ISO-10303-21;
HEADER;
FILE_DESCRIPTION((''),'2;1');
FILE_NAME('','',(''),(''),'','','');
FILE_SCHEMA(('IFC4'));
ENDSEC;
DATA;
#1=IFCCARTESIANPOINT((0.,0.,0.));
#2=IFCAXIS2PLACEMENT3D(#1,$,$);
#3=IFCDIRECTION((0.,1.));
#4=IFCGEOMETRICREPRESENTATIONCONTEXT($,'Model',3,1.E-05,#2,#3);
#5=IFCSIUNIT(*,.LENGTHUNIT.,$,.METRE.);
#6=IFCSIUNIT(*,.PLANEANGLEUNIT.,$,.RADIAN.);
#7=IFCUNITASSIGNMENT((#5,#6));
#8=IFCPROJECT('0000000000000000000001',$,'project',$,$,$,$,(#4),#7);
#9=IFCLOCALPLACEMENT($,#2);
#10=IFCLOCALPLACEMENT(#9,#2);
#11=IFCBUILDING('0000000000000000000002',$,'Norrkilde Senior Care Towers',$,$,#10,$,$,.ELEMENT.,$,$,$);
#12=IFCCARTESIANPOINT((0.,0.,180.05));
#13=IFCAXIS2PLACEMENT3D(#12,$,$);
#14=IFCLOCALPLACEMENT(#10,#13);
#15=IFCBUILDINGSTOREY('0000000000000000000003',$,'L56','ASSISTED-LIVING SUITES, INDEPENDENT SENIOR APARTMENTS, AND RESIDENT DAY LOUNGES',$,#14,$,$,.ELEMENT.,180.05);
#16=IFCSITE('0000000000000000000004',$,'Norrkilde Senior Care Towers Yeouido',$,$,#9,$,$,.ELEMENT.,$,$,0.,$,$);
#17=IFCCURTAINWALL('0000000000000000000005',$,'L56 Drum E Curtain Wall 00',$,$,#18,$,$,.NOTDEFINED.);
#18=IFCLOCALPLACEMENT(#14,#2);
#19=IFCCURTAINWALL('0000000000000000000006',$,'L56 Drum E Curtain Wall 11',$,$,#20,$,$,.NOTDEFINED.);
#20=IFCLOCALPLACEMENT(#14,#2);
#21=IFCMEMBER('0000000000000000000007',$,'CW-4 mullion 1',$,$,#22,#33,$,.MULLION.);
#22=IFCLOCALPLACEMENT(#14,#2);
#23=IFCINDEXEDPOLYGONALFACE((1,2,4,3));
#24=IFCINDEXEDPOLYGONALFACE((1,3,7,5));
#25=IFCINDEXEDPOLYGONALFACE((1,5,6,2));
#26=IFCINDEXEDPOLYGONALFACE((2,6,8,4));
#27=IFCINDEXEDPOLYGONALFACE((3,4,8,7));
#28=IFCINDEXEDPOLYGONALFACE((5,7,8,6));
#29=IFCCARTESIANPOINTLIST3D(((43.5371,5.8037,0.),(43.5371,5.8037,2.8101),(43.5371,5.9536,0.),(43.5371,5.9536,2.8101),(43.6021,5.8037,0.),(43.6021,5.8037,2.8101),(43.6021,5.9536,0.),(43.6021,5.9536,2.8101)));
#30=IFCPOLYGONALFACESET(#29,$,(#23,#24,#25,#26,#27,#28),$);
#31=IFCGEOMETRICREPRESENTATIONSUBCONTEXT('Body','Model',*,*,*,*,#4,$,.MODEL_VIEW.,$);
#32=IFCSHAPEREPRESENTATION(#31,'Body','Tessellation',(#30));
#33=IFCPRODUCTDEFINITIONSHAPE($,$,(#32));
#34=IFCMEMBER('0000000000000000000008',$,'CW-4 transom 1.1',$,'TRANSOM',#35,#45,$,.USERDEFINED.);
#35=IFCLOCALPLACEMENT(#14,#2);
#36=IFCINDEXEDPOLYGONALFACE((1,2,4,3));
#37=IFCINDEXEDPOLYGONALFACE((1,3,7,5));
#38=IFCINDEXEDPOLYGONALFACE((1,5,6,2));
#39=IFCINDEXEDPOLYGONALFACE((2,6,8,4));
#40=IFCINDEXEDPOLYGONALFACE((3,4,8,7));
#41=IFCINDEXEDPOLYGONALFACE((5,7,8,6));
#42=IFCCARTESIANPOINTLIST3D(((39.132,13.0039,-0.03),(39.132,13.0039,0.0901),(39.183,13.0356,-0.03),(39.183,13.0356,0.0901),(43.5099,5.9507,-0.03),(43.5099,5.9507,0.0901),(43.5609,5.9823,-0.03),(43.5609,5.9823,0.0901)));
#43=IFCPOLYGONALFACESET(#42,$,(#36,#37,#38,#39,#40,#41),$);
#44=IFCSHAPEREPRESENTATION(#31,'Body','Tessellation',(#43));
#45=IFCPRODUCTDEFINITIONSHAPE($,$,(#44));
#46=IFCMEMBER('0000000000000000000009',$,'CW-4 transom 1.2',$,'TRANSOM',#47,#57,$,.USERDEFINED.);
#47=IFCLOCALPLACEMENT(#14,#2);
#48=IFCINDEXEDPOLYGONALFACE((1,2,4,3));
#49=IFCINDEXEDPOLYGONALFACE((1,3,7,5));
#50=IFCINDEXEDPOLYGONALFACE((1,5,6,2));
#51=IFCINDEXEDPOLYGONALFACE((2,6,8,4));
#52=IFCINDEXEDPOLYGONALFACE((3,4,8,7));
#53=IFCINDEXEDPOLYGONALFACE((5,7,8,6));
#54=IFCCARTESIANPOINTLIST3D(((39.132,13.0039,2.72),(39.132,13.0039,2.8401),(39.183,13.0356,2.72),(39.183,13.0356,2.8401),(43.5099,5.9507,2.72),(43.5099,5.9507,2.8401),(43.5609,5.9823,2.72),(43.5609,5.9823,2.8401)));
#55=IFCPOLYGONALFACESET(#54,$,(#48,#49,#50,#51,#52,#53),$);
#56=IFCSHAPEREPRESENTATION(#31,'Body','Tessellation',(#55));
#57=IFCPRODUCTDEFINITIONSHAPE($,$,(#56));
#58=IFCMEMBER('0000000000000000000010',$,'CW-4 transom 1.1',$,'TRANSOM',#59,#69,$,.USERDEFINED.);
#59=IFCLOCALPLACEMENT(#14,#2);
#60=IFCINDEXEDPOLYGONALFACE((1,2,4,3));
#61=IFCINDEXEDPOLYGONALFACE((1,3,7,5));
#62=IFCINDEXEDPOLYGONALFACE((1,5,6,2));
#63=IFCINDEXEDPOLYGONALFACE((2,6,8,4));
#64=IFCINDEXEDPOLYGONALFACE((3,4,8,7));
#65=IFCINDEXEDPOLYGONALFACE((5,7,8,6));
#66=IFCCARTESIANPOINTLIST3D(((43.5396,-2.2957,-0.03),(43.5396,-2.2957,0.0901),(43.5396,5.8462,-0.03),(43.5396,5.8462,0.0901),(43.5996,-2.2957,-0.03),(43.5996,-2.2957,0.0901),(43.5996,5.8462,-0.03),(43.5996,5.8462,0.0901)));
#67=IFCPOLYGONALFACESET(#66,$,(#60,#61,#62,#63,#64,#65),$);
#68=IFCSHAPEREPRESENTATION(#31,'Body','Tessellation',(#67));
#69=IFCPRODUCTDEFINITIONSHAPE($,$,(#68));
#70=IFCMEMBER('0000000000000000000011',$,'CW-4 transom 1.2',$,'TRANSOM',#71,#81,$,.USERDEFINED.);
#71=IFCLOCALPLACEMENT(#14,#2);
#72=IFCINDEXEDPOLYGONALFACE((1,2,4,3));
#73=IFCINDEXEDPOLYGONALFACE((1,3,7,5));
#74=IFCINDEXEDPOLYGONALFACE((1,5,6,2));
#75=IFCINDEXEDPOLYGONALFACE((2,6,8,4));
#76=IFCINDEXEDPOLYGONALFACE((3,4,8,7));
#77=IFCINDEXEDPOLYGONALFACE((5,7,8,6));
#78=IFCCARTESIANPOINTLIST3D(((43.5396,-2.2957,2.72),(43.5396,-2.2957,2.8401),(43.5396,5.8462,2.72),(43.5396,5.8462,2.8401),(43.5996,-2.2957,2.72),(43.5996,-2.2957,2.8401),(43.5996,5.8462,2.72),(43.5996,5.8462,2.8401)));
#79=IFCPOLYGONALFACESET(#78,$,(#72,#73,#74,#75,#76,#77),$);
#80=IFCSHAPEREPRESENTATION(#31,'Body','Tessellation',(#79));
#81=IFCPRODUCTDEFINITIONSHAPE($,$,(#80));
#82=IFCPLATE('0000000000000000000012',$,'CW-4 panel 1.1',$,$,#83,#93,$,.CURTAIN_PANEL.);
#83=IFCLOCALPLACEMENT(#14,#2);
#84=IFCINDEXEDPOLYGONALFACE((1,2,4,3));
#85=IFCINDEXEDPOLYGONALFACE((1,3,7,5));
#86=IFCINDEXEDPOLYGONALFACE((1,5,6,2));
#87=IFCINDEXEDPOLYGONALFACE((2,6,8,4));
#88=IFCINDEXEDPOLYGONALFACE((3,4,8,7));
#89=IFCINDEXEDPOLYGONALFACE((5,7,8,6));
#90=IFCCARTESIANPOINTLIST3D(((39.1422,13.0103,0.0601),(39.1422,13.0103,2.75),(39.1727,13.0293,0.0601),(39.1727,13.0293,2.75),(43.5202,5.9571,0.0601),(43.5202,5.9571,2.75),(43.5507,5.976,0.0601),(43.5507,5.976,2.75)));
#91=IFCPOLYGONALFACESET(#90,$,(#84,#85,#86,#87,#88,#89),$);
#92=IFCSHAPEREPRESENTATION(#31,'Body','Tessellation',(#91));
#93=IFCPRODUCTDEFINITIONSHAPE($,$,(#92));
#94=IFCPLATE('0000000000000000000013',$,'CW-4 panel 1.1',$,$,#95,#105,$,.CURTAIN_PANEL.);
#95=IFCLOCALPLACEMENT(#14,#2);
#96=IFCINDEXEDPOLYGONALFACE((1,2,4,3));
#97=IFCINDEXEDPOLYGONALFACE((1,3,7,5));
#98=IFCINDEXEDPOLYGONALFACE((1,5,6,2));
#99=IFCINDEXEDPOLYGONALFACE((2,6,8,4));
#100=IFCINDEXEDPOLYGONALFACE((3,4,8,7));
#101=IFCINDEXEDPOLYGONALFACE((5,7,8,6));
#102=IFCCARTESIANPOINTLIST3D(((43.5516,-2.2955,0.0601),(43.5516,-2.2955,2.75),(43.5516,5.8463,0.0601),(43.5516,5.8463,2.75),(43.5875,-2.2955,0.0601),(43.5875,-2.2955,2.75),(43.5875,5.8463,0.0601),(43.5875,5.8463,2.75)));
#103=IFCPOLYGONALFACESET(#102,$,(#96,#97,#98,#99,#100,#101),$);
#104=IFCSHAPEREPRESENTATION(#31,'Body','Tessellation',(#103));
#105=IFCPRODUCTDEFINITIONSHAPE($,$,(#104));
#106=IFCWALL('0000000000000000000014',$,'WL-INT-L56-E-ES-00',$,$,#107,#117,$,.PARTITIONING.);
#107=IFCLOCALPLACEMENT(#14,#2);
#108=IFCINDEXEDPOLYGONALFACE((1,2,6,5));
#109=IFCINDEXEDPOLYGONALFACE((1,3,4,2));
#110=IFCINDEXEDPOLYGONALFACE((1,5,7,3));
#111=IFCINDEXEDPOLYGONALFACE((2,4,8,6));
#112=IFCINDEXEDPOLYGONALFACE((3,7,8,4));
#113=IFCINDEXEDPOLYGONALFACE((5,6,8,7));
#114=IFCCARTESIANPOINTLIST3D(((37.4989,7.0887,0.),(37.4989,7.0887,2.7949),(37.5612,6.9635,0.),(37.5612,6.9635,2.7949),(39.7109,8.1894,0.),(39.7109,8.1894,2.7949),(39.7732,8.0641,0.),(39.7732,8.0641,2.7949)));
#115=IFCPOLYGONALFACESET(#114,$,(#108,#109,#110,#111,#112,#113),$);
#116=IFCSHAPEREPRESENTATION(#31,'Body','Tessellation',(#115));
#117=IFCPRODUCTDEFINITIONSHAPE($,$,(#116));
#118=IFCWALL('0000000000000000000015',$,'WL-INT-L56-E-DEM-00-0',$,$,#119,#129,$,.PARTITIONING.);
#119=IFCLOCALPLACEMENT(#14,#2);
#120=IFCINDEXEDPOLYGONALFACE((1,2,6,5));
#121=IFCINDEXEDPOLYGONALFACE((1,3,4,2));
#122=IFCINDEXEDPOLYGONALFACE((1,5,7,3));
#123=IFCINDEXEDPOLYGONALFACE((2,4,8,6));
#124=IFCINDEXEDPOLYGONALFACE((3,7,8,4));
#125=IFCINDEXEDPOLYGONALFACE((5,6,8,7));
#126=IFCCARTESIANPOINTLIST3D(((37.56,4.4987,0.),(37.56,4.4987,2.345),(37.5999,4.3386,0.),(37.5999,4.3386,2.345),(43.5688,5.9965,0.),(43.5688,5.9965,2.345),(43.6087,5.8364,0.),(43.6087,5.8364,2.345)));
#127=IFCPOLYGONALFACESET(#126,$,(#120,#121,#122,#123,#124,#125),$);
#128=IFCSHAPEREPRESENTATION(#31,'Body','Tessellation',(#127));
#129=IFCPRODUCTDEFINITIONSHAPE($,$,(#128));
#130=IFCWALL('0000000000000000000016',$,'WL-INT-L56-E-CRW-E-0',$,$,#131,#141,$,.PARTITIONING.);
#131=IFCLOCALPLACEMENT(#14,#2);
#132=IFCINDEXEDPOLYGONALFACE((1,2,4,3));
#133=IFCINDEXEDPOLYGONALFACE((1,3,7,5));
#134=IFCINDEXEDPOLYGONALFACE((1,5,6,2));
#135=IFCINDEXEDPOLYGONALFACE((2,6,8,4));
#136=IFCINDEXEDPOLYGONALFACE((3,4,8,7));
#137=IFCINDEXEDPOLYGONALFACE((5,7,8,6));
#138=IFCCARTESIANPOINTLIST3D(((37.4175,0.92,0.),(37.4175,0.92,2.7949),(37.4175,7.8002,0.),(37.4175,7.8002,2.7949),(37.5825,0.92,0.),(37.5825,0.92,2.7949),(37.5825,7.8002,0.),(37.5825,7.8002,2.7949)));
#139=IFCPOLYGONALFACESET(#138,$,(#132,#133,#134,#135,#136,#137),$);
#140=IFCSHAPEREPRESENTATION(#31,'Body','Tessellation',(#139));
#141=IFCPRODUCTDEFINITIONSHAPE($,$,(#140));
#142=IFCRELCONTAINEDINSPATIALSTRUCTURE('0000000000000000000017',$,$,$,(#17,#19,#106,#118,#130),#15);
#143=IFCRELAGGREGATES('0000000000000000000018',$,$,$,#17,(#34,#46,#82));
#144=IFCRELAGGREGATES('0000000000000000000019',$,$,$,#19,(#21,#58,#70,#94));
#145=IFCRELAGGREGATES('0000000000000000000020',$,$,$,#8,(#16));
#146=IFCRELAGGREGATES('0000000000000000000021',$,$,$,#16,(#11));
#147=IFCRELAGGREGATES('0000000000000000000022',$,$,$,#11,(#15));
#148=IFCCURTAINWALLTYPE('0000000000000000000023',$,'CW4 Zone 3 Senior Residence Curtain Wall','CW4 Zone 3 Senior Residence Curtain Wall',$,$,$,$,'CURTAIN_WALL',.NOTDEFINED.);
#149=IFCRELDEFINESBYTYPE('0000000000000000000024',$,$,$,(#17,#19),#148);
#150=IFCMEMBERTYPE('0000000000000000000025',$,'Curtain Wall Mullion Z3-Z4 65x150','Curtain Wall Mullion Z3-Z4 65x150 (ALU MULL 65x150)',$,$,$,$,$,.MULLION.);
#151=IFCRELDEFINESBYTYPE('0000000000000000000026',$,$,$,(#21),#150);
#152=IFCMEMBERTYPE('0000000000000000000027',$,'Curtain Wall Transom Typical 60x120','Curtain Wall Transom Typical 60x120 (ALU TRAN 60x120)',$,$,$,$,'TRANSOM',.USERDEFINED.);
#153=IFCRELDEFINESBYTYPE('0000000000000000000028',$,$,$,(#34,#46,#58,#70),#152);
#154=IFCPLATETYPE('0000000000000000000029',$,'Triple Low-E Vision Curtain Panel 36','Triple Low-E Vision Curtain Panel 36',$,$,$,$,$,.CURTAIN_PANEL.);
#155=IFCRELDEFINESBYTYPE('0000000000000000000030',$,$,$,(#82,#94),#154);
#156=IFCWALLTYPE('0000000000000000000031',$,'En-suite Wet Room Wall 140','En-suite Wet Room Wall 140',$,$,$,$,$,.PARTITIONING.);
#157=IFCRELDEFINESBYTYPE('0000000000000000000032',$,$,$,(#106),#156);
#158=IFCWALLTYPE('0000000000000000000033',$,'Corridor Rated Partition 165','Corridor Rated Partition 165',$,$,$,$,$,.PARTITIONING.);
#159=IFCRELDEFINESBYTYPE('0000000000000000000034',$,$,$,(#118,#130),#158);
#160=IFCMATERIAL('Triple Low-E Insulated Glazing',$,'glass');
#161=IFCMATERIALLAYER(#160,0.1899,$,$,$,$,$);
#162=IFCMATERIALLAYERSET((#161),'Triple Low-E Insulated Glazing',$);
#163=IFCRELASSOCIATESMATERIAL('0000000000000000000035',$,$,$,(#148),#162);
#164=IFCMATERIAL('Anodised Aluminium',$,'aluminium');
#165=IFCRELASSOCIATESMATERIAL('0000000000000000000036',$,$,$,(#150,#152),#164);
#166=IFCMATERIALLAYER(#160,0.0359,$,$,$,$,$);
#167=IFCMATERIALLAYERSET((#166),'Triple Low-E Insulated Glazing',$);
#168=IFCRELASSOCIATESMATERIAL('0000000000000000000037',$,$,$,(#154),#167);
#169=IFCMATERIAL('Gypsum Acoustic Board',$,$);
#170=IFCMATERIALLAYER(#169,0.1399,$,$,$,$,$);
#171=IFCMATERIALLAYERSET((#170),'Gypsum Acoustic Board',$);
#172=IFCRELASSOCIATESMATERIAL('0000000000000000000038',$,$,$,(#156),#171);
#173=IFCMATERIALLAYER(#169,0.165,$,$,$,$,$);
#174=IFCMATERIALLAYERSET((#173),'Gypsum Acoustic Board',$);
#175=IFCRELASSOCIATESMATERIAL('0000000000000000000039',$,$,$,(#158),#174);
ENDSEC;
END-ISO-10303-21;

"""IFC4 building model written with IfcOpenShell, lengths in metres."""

from ifc_helpers import new_model, si_unit, direction, frame, frame_2d, origin, origin_2d, place, context, subcontext, project, spatial, rectangle, extrude, source, transform, mapped, material, layer, layer_set, material_profile, profile_set, type_object, type_shapes, element, aggregate, save


model = new_model("IFC4")

# Units and contexts
model_context = context("Model", 3, precision=1e-05, world=origin(), true_north=direction((0.0, 1.0)))
body_context = subcontext(model_context, "Body", "Model", "MODEL_VIEW")
ifc_project = project(units=[si_unit("LENGTHUNIT", "METRE"), si_unit("PLANEANGLEUNIT", "RADIAN")], contexts=[model_context])

# Site, building, storey
site_placement = place(None, origin())
site = spatial("IfcSite", under=ifc_project, at=site_placement, Name="Norrkilde Senior Care Towers Yeouido", CompositionType="ELEMENT", RefElevation=0.0)
building_placement = place(site_placement, origin())
building = spatial("IfcBuilding", under=site, at=building_placement, Name="Norrkilde Senior Care Towers", CompositionType="ELEMENT")
storey_placement = place(building_placement, frame((0.0, 0.0, 180.05)))
storey = spatial("IfcBuildingStorey", under=building, at=storey_placement, Name="L56", Description="ASSISTED-LIVING SUITES, INDEPENDENT SENIOR APARTMENTS, AND RESIDENT DAY LOUNGES", CompositionType="ELEMENT", Elevation=180.05)

# Curtain wall
ifc_material_1 = material(Name="Triple Low-E Insulated Glazing", Category="glass")
ifc_layer_1 = layer(ifc_material_1, 0.1899)
ifc_layer_set_1 = layer_set([ifc_layer_1], Name="Triple Low-E Insulated Glazing")
curtain_wall_type = type_object("IfcCurtainWallType", Name="CW4 Zone 3 Senior Residence Curtain Wall", Description="CW4 Zone 3 Senior Residence Curtain Wall", ElementType="CURTAIN_WALL", PredefinedType="NOTDEFINED", material=ifc_layer_set_1)
curtain_wall_1_placement = place(storey_placement, origin())
curtain_wall_1 = element("IfcCurtainWall", 1, at=curtain_wall_1_placement, inside=storey, type_object=curtain_wall_type, Name="L56 Drum E Curtain Wall 00", PredefinedType="NOTDEFINED")
ifc_material_2 = material(Name="Anodised Aluminium", Category="aluminium")
ifc_material_profile_1 = material_profile(ifc_material_2, rectangle(XDim=0.0649, YDim=0.1499, at=origin_2d()), Name="ALU MULL 65x150")
ifc_profile_set_1 = profile_set([ifc_material_profile_1], Name="Anodised Aluminium")
member_type_1 = type_object("IfcMemberType", Name="Curtain Wall Mullion Z3-Z4 65x150", Description="Curtain Wall Mullion Z3-Z4 65x150 (ALU MULL 65x150)", PredefinedType="MULLION", material=ifc_profile_set_1)
shared_shape_1 = source(origin(), body_context, "Body", "SweptSolid", [
    extrude(rectangle(XDim=0.0649, YDim=0.1499, at=origin_2d()), origin(), (0.0, 0.0, 1.0), 2.8101),
])
type_shapes(member_type_1, [shared_shape_1])

# Curtain wall, member
curtain_wall_2_placement = place(storey_placement, origin())
curtain_wall_2 = element("IfcCurtainWall", 2, at=curtain_wall_2_placement, inside=storey, type_object=curtain_wall_type, Name="L56 Drum E Curtain Wall 11", PredefinedType="NOTDEFINED")
member_1_placement = place(storey_placement, frame((43.5696, 5.8787, 0.0), z_axis=(0.0, 0.0, 1.0), x_axis=(1.0, 0.0, 0.0)))
member_1 = element("IfcMember", 3, at=member_1_placement, type_object=member_type_1, Name="CW-4 mullion 1", PredefinedType="MULLION", context=body_context, shape_type="MappedRepresentation", body=[
    mapped(shared_shape_1, transform((0.0, 0.0, 0.0), x_axis=(1.0, 0.0, 0.0), y_axis=(0.0, 1.0, 0.0), z_axis=(0.0, 0.0, 1.0), scale=1.0)),
])

# Members
ifc_material_profile_2 = material_profile(ifc_material_2, rectangle(XDim=0.0601, YDim=0.1201, at=origin_2d()), Name="ALU TRAN 60x120")
ifc_profile_set_2 = profile_set([ifc_material_profile_2], Name="Anodised Aluminium")
member_type_2 = type_object("IfcMemberType", Name="Curtain Wall Transom Typical 60x120", Description="Curtain Wall Transom Typical 60x120 (ALU TRAN 60x120)", ElementType="TRANSOM", PredefinedType="USERDEFINED", material=ifc_profile_set_2)
shared_shape_2 = source(origin(), body_context, "Body", "SweptSolid", [
    extrude(rectangle(XDim=0.0601, YDim=0.1201, at=origin_2d()), origin(), (0.0, 0.0, 1.0), 8.3015),
])
member_2_placement = place(storey_placement, frame((39.1575, 13.0198, 0.03), z_axis=(0.527369, -0.849637, 0.0), x_axis=(0.849637, 0.527369, 0.0)))
member_2 = element("IfcMember", 4, at=member_2_placement, type_object=member_type_2, Name="CW-4 transom 1.1", ObjectType="TRANSOM", PredefinedType="USERDEFINED", context=body_context, shape_type="MappedRepresentation", body=[
    mapped(shared_shape_2, transform((0.0, 0.0, 0.0), x_axis=(1.0, 0.0, 0.0), y_axis=(0.0, 1.0, 0.0), z_axis=(0.0, 0.0, 1.0), scale=1.0)),
])
member_3_placement = place(storey_placement, frame((39.1575, 13.0198, 2.78), z_axis=(0.527369, -0.849637, 0.0), x_axis=(0.849637, 0.527369, 0.0)))
member_3 = element("IfcMember", 5, at=member_3_placement, type_object=member_type_2, Name="CW-4 transom 1.2", ObjectType="TRANSOM", PredefinedType="USERDEFINED", context=body_context, shape_type="MappedRepresentation", body=[
    mapped(shared_shape_2, transform((0.0, 0.0, 0.0), x_axis=(1.0, 0.0, 0.0), y_axis=(0.0, 1.0, 0.0), z_axis=(0.0, 0.0, 1.0), scale=1.0)),
])
shared_shape_3 = source(origin(), body_context, "Body", "SweptSolid", [
    extrude(rectangle(XDim=0.0601, YDim=0.1201, at=origin_2d()), origin(), (0.0, 0.0, 1.0), 8.1418),
])
type_shapes(member_type_2, [shared_shape_2, shared_shape_3])
member_4_placement = place(storey_placement, frame((43.5696, 5.8462, 0.03), z_axis=(0.0, -1.0, 0.0), x_axis=(1.0, 0.0, 0.0)))
member_4 = element("IfcMember", 6, at=member_4_placement, type_object=member_type_2, Name="CW-4 transom 1.1", ObjectType="TRANSOM", PredefinedType="USERDEFINED", context=body_context, shape_type="MappedRepresentation", body=[
    mapped(shared_shape_3, transform((0.0, 0.0, 0.0), x_axis=(1.0, 0.0, 0.0), y_axis=(0.0, 1.0, 0.0), z_axis=(0.0, 0.0, 1.0), scale=1.0)),
])
member_5_placement = place(storey_placement, frame((43.5696, 5.8462, 2.78), z_axis=(0.0, -1.0, 0.0), x_axis=(1.0, 0.0, 0.0)))
member_5 = element("IfcMember", 7, at=member_5_placement, type_object=member_type_2, Name="CW-4 transom 1.2", ObjectType="TRANSOM", PredefinedType="USERDEFINED", context=body_context, shape_type="MappedRepresentation", body=[
    mapped(shared_shape_3, transform((0.0, 0.0, 0.0), x_axis=(1.0, 0.0, 0.0), y_axis=(0.0, 1.0, 0.0), z_axis=(0.0, 0.0, 1.0), scale=1.0)),
])

# Plates
ifc_layer_2 = layer(ifc_material_1, 0.0359)
ifc_layer_set_2 = layer_set([ifc_layer_2], Name="Triple Low-E Insulated Glazing")
plate_type = type_object("IfcPlateType", Name="Triple Low-E Vision Curtain Panel 36", Description="Triple Low-E Vision Curtain Panel 36", PredefinedType="CURTAIN_PANEL", material=ifc_layer_set_2)
shared_shape_4 = source(origin(), body_context, "Body", "SweptSolid", [
    extrude(rectangle(XDim=8.3015, YDim=0.0359, at=origin_2d()), origin(), (0.0, 0.0, 1.0), 2.6899),
])
plate_1_placement = place(storey_placement, frame((41.3464, 9.4932, 0.0601), z_axis=(0.0, 0.0, 1.0), x_axis=(0.527373, -0.849634, 0.0)))
plate_1 = element("IfcPlate", 8, at=plate_1_placement, type_object=plate_type, Name="CW-4 panel 1.1", PredefinedType="CURTAIN_PANEL", context=body_context, shape_type="MappedRepresentation", body=[
    mapped(shared_shape_4, transform((0.0, 0.0, 0.0), x_axis=(1.0, 0.0, 0.0), y_axis=(0.0, 1.0, 0.0), z_axis=(0.0, 0.0, 1.0), scale=1.0)),
])
aggregate(curtain_wall_1, [member_2, member_3, plate_1])
shared_shape_5 = source(origin(), body_context, "Body", "SweptSolid", [
    extrude(rectangle(XDim=8.1418, YDim=0.0359, at=origin_2d()), origin(), (0.0, 0.0, 1.0), 2.6899),
])
type_shapes(plate_type, [shared_shape_4, shared_shape_5])
plate_2_placement = place(storey_placement, frame((43.5696, 1.7754, 0.0601), z_axis=(0.0, 0.0, 1.0), x_axis=(0.0, -1.0, 0.0)))
plate_2 = element("IfcPlate", 9, at=plate_2_placement, type_object=plate_type, Name="CW-4 panel 1.1", PredefinedType="CURTAIN_PANEL", context=body_context, shape_type="MappedRepresentation", body=[
    mapped(shared_shape_5, transform((0.0, 0.0, 0.0), x_axis=(1.0, 0.0, 0.0), y_axis=(0.0, 1.0, 0.0), z_axis=(0.0, 0.0, 1.0), scale=1.0)),
])
aggregate(curtain_wall_2, [member_1, member_4, member_5, plate_2])

# Walls
ifc_material_3 = material(Name="Gypsum Acoustic Board")
ifc_layer_3 = layer(ifc_material_3, 0.1399)
ifc_layer_set_3 = layer_set([ifc_layer_3], Name="Gypsum Acoustic Board")
wall_type_1 = type_object("IfcWallType", Name="En-suite Wet Room Wall 140", Description="En-suite Wet Room Wall 140", PredefinedType="PARTITIONING", material=ifc_layer_set_3)
shared_shape_6 = source(origin(), body_context, "Body", "SweptSolid", [
    extrude(rectangle(XDim=2.4707, YDim=0.1399, at=frame_2d((1.2354, 0.0))), origin(), (0.0, 0.0, 1.0), 2.7949),
])
wall_1_placement = place(storey_placement, frame((37.53, 7.0261, 0.0), z_axis=(0.0, 0.0, 1.0), x_axis=(0.895295, 0.445474, 0.0)))
element("IfcWall", 10, at=wall_1_placement, inside=storey, type_object=wall_type_1, Name="WL-INT-L56-E-ES-00", PredefinedType="PARTITIONING", context=body_context, shape_type="MappedRepresentation", body=[
    mapped(shared_shape_6, transform((0.0, 0.0, 0.0), x_axis=(1.0, 0.0, 0.0), y_axis=(0.0, 1.0, 0.0), z_axis=(0.0, 0.0, 1.0), scale=1.0)),
])
ifc_layer_4 = layer(ifc_material_3, 0.165)
ifc_layer_set_4 = layer_set([ifc_layer_4], Name="Gypsum Acoustic Board")
wall_type_2 = type_object("IfcWallType", Name="Corridor Rated Partition 165", Description="Corridor Rated Partition 165", PredefinedType="PARTITIONING", material=ifc_layer_set_4)
shared_shape_7 = source(origin(), body_context, "Body", "SweptSolid", [
    extrude(rectangle(XDim=6.1926, YDim=0.165, at=frame_2d((3.0962, 0.0))), origin(), (0.0, 0.0, 1.0), 2.345),
])
wall_2_placement = place(storey_placement, frame((37.5801, 4.4187, 0.0), z_axis=(0.0, 0.0, 1.0), x_axis=(0.970309, 0.241868, 0.0)))
element("IfcWall", 11, at=wall_2_placement, inside=storey, type_object=wall_type_2, Name="WL-INT-L56-E-DEM-00-0", PredefinedType="PARTITIONING", context=body_context, shape_type="MappedRepresentation", body=[
    mapped(shared_shape_7, transform((0.0, 0.0, 0.0), x_axis=(1.0, 0.0, 0.0), y_axis=(0.0, 1.0, 0.0), z_axis=(0.0, 0.0, 1.0), scale=1.0)),
])
shared_shape_8 = source(origin(), body_context, "Body", "SweptSolid", [
    extrude(rectangle(XDim=6.8801, YDim=0.165, at=frame_2d((3.4399, 0.0))), origin(), (0.0, 0.0, 1.0), 2.7949),
])
wall_3_placement = place(storey_placement, frame((37.5, 7.8, 0.0), z_axis=(0.0, 0.0, 1.0), x_axis=(0.0, -1.0, 0.0)))
element("IfcWall", 12, at=wall_3_placement, inside=storey, type_object=wall_type_2, Name="WL-INT-L56-E-CRW-E-0", PredefinedType="PARTITIONING", context=body_context, shape_type="MappedRepresentation", body=[
    mapped(shared_shape_8, transform((0.0, 0.0, 0.0), x_axis=(1.0, 0.0, 0.0), y_axis=(0.0, 1.0, 0.0), z_axis=(0.0, 0.0, 1.0), scale=1.0)),
])

save(model, "model.ifc")
